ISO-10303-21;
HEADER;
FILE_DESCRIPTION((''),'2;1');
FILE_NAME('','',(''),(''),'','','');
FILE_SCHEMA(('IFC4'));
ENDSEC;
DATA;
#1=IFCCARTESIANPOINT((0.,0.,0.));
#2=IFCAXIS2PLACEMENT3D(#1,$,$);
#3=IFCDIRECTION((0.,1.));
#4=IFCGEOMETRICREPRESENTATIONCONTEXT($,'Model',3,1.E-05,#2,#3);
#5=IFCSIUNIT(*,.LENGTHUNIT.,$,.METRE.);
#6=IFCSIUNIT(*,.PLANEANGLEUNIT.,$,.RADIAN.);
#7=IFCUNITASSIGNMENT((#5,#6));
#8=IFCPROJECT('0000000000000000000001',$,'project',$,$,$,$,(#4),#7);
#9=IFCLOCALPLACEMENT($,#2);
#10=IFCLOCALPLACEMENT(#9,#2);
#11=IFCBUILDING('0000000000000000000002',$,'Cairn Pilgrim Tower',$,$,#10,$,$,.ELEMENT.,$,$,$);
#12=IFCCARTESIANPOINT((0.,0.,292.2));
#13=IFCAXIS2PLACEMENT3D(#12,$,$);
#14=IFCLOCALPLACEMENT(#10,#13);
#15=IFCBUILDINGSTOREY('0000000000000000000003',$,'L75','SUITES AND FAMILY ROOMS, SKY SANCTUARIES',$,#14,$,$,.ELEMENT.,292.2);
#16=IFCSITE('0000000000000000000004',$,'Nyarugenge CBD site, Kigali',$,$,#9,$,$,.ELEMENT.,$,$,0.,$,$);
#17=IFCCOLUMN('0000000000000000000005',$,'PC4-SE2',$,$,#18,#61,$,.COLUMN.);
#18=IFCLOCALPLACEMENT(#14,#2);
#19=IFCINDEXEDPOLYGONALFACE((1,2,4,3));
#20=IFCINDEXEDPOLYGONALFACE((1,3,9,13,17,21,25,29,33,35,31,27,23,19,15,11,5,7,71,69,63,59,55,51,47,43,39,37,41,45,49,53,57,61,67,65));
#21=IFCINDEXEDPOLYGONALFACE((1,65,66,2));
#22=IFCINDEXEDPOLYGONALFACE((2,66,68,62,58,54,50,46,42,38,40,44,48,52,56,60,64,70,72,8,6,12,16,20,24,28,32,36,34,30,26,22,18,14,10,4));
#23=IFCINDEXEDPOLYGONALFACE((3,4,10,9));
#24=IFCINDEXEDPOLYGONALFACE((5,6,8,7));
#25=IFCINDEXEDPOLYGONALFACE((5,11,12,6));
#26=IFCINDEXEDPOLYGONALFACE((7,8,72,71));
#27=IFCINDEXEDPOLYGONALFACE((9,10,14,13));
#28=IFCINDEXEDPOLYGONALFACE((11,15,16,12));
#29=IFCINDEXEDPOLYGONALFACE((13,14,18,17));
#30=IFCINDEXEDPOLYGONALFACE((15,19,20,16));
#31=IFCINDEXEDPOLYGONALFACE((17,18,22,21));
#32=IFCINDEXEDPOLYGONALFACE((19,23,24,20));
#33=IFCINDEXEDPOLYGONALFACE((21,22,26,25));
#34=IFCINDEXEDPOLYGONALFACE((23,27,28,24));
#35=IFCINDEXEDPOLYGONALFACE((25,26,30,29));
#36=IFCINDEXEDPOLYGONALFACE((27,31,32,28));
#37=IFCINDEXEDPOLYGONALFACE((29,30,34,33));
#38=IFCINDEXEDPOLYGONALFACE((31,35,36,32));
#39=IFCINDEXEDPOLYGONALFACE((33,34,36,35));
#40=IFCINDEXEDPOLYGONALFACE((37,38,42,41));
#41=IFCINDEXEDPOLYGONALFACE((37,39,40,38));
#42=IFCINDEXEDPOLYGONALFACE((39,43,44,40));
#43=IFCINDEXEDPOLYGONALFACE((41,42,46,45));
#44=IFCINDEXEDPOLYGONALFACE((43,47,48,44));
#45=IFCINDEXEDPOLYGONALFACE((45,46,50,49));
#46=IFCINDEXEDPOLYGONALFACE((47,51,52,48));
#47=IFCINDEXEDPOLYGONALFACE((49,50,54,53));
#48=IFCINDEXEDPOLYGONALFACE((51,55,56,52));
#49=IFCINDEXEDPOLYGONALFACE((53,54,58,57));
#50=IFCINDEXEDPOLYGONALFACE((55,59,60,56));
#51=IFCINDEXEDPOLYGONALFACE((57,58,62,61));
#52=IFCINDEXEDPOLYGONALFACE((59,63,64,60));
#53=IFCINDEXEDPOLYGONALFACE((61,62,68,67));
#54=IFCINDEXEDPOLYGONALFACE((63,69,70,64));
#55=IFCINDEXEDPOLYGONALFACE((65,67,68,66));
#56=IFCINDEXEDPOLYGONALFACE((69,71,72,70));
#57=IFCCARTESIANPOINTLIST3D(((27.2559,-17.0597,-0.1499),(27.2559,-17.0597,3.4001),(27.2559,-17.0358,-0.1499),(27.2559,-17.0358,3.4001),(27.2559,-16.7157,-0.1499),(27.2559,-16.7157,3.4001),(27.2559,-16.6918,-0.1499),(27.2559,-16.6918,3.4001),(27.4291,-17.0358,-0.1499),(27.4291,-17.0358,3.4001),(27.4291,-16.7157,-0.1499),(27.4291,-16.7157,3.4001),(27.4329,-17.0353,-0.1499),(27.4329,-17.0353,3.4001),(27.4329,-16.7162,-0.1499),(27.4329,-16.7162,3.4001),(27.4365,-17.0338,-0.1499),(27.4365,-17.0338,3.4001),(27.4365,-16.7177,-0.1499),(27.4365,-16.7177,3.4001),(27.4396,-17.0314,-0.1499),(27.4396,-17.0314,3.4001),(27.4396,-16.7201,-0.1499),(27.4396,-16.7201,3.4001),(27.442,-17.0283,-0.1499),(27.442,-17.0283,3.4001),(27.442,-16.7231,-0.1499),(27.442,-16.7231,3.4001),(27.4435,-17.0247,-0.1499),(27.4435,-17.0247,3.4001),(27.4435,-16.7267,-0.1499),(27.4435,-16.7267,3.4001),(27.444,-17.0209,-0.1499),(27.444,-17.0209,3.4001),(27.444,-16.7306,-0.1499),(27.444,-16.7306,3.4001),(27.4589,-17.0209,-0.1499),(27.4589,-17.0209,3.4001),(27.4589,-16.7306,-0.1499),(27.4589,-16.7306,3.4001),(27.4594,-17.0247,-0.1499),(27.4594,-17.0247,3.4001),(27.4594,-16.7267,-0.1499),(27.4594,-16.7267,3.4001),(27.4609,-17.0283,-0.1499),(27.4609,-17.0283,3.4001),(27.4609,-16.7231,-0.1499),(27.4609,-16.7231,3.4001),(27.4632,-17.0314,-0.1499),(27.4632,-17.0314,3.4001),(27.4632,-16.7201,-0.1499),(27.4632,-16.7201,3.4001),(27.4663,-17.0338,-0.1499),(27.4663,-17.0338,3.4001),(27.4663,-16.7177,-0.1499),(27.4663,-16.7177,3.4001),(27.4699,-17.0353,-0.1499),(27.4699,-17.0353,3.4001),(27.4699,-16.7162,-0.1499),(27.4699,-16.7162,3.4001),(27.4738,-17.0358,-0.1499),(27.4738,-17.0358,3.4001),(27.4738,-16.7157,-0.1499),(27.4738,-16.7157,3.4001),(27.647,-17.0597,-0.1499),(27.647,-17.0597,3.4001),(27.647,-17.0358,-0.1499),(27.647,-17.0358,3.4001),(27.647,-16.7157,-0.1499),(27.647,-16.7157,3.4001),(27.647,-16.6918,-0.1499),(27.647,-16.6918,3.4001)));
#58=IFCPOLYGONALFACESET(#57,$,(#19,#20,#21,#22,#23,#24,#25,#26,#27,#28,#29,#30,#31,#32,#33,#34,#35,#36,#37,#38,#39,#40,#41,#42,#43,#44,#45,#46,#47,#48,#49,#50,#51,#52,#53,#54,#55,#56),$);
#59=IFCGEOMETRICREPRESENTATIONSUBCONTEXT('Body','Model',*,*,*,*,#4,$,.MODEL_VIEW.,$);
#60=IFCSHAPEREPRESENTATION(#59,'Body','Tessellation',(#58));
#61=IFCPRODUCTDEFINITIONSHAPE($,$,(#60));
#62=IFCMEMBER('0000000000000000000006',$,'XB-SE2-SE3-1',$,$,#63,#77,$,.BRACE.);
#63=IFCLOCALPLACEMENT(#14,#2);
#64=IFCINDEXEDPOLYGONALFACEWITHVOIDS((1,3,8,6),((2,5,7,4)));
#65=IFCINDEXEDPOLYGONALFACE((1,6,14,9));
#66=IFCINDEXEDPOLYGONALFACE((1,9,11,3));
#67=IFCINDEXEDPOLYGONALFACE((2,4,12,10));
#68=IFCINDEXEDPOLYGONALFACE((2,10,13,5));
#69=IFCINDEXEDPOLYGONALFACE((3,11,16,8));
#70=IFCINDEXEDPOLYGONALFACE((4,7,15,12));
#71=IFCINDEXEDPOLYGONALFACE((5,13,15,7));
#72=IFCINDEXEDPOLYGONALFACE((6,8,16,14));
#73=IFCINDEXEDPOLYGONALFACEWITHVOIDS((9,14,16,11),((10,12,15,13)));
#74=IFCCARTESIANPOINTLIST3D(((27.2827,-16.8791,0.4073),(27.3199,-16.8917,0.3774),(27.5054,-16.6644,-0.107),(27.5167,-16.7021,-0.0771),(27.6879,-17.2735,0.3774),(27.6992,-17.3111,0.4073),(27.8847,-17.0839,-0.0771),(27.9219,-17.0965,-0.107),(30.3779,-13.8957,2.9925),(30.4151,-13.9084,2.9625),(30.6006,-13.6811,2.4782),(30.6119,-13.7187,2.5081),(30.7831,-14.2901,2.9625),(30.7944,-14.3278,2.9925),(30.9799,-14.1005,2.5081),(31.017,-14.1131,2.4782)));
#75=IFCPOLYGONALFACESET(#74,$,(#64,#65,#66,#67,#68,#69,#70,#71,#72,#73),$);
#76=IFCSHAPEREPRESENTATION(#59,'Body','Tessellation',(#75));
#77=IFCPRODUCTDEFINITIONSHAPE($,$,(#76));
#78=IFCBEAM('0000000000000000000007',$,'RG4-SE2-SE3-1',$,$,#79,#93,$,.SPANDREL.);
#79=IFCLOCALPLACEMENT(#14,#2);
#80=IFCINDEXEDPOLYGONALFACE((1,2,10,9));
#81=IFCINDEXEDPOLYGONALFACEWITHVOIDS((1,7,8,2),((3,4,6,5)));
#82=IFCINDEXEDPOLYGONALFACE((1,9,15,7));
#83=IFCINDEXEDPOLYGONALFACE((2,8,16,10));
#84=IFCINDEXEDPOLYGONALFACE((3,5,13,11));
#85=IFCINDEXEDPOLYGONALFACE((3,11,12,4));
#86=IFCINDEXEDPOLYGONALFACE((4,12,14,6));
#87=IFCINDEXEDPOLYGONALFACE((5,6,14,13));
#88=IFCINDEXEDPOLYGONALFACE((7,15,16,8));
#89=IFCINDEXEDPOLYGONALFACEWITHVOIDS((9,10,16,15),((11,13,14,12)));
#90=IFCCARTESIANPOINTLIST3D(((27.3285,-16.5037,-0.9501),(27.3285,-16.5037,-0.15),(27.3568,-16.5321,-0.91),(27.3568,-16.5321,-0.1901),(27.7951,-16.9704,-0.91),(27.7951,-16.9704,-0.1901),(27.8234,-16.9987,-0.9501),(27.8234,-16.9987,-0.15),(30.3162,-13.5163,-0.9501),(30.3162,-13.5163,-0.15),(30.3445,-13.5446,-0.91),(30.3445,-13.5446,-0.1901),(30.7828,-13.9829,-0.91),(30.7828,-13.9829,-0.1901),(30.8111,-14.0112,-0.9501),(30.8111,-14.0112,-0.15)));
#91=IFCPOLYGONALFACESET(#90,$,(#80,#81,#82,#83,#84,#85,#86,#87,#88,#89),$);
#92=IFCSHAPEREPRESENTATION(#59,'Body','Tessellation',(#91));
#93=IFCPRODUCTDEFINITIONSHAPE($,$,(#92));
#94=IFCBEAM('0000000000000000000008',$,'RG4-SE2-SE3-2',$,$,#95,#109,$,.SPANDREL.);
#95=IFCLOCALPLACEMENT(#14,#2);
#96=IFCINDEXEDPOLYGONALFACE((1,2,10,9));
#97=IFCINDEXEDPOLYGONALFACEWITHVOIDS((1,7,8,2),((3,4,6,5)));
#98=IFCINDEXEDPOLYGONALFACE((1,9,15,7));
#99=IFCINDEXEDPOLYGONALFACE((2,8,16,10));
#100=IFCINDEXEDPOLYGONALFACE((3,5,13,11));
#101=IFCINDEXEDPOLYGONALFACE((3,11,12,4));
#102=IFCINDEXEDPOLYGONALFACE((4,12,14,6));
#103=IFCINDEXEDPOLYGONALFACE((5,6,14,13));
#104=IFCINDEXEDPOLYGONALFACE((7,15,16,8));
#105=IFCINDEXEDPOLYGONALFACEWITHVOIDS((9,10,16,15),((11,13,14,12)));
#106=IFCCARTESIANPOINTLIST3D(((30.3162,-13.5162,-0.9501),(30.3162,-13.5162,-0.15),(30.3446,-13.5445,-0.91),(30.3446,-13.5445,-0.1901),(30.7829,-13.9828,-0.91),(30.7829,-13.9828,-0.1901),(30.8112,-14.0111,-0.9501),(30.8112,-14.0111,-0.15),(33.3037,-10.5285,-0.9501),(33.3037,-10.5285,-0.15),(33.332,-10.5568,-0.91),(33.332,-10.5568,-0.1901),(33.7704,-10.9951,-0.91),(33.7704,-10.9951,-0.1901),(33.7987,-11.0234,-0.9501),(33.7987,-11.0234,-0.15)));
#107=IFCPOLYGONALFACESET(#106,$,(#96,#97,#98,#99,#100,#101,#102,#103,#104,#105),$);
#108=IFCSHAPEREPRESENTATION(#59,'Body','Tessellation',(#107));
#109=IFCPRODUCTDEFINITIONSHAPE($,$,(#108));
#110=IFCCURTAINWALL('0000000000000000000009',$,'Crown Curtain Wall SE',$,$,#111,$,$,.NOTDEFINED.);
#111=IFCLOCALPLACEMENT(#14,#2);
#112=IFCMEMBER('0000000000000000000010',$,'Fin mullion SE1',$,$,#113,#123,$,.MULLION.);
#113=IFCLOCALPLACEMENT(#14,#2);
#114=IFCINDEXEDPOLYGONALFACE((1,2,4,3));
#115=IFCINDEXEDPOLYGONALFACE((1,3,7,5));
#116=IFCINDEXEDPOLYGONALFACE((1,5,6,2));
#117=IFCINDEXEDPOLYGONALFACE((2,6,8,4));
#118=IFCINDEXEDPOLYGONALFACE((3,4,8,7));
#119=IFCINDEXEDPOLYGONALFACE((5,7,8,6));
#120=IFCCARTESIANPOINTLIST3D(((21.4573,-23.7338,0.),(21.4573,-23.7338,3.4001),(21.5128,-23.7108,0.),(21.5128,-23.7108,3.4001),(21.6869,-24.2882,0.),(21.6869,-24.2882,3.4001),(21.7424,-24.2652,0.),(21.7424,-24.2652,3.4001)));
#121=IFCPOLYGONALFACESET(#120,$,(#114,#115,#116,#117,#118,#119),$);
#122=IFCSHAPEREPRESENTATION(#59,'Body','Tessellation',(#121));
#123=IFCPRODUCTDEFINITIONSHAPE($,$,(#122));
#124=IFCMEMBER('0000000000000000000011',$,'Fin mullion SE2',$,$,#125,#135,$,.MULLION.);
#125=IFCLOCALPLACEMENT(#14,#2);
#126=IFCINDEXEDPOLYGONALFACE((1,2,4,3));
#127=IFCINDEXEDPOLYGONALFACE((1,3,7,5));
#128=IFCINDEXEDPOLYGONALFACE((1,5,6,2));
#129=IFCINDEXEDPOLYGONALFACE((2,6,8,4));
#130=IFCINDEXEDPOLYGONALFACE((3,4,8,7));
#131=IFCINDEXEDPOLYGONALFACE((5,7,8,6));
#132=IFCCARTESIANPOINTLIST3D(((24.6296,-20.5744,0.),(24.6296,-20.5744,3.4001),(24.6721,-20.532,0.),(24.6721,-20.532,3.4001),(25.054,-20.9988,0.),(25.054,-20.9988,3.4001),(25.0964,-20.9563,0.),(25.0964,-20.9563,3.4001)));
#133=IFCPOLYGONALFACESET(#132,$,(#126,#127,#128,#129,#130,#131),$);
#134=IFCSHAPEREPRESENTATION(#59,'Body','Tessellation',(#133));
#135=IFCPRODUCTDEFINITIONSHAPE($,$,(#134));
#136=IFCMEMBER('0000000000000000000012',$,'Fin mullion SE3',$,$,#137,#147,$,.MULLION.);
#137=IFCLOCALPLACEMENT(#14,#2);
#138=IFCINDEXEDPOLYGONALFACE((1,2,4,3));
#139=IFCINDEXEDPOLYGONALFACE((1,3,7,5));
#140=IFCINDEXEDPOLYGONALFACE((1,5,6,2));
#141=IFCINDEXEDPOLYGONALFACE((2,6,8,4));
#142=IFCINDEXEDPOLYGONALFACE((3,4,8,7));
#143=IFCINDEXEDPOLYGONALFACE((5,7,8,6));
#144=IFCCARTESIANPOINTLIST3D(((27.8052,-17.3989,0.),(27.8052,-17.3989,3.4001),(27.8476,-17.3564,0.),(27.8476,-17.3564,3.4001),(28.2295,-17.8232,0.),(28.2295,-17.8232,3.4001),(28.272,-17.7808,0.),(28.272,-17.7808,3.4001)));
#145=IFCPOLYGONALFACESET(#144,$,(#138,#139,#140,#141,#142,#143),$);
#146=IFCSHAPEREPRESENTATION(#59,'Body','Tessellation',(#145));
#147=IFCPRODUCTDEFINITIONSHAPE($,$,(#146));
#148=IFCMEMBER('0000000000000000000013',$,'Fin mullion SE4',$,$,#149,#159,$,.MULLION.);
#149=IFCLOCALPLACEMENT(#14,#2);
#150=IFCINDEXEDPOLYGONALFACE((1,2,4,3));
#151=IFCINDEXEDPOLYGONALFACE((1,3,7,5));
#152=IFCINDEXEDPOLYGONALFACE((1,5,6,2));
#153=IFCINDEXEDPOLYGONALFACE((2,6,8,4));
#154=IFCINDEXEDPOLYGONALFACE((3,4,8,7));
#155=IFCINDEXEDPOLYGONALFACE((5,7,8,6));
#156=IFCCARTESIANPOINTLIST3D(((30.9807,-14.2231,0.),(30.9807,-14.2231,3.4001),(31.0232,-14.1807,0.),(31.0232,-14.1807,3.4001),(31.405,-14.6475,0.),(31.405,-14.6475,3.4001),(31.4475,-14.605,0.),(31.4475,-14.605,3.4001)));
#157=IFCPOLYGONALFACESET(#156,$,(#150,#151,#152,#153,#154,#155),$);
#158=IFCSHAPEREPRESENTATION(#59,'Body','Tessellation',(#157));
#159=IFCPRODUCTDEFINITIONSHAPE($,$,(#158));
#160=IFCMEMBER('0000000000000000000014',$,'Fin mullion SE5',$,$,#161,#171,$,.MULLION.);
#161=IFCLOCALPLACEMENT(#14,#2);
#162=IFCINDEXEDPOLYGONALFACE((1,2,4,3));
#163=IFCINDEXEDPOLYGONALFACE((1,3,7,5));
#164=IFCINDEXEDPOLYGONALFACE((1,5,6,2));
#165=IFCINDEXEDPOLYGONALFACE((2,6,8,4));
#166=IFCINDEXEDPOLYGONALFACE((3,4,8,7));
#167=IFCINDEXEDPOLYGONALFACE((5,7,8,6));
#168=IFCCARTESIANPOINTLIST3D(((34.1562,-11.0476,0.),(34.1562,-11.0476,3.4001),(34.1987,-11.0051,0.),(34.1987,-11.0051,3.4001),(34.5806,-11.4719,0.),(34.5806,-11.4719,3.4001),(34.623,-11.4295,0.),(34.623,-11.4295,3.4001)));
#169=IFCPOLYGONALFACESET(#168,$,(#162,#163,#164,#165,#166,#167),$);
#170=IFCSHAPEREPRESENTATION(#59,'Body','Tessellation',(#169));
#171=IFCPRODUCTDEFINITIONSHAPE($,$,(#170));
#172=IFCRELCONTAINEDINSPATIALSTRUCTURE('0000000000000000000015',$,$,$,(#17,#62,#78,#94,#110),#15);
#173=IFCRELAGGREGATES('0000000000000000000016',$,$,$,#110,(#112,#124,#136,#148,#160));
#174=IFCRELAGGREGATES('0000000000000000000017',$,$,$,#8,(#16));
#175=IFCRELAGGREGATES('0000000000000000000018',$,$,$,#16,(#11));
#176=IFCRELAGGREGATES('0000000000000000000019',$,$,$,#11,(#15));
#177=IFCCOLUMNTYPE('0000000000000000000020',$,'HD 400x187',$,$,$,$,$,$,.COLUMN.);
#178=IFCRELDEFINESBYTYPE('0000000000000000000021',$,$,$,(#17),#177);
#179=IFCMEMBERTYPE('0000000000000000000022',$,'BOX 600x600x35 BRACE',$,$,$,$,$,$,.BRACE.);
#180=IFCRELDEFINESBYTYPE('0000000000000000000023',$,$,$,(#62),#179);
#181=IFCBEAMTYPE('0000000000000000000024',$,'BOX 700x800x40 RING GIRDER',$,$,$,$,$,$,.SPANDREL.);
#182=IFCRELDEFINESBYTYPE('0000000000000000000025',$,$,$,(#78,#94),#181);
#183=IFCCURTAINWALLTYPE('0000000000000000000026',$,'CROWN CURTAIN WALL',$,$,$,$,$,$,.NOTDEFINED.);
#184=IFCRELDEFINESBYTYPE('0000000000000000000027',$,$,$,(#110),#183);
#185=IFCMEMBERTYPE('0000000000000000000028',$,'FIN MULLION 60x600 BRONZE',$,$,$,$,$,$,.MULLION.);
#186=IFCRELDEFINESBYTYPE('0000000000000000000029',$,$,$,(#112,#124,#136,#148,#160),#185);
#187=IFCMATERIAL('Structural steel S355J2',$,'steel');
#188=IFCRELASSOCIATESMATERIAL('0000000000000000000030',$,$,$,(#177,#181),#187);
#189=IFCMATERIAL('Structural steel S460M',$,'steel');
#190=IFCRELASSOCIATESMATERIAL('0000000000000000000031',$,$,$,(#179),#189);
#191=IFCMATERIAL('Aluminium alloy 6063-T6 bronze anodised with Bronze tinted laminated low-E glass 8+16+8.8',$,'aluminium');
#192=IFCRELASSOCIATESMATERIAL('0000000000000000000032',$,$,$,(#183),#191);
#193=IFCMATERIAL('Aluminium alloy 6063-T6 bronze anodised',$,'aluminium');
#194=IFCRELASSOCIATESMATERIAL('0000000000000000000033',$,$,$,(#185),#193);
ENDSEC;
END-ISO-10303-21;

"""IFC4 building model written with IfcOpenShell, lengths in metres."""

from ifc_helpers import new_model, si_unit, direction, frame, origin, origin_2d, place, context, subcontext, project, spatial, rectangle, hollow_rectangle, i_section, extrude, material, material_profile, profile_set, type_object, element, aggregate, save


model = new_model("IFC4")

# Units and contexts
model_context = context("Model", 3, precision=1e-05, world=origin(), true_north=direction((0.0, 1.0)))
body_context = subcontext(model_context, "Body", "Model", "MODEL_VIEW")
ifc_project = project(units=[si_unit("LENGTHUNIT", "METRE"), si_unit("PLANEANGLEUNIT", "RADIAN")], contexts=[model_context])

# Site, building, storey
site_placement = place(None, origin())
site = spatial("IfcSite", under=ifc_project, at=site_placement, Name="Nyarugenge CBD site, Kigali", CompositionType="ELEMENT", RefElevation=0.0)
building_placement = place(site_placement, origin())
building = spatial("IfcBuilding", under=site, at=building_placement, Name="Cairn Pilgrim Tower", CompositionType="ELEMENT")
storey_placement = place(building_placement, frame((0.0, 0.0, 292.2)))
storey = spatial("IfcBuildingStorey", under=building, at=storey_placement, Name="L75", Description="SUITES AND FAMILY ROOMS, SKY SANCTUARIES", CompositionType="ELEMENT", Elevation=292.2)

# Column
ifc_material_1 = material(Name="Structural steel S355J2", Category="steel")
ifc_material_profile_1 = material_profile(ifc_material_1, i_section(OverallWidth=0.3911, OverallDepth=0.3679, WebThickness=0.0149, FlangeThickness=0.0239, FilletRadius=0.0149, at=origin_2d()), Name="HD 400x187")
ifc_profile_set_1 = profile_set([ifc_material_profile_1], Name="Structural steel S355J2")
column_type = type_object("IfcColumnType", Name="HD 400x187", PredefinedType="COLUMN", material=ifc_profile_set_1)
column_placement = place(storey_placement, frame((27.4514, -16.8757, -0.1499), z_axis=(0.0, 0.0, 1.0), x_axis=(1.0, 0.0, 0.0)))
element("IfcColumn", 1, at=column_placement, inside=storey, type_object=column_type, Name="PC4-SE2", PredefinedType="COLUMN", context=body_context, shape_type="SweptSolid", body=[
    extrude(i_section(OverallWidth=0.3911, OverallDepth=0.3679, WebThickness=0.0149, FlangeThickness=0.0239, FilletRadius=0.0149, at=origin_2d()), origin(), (0.0, 0.0, 1.0), 3.55),
])

# Member
ifc_material_2 = material(Name="Structural steel S460M", Category="steel")
ifc_material_profile_2 = material_profile(ifc_material_2, hollow_rectangle(XDim=0.6001, YDim=0.6001, WallThickness=0.0349, at=origin_2d()), Name="BOX 600x600x35")
ifc_profile_set_2 = profile_set([ifc_material_profile_2], Name="Structural steel S460M")
member_type_1 = type_object("IfcMemberType", Name="BOX 600x600x35 BRACE", PredefinedType="BRACE", material=ifc_profile_set_2)
member_1_placement = place(storey_placement, frame((27.6023, -16.9878, 0.1501), z_axis=(0.617019, 0.594729, 0.51535), x_axis=(-0.693982, 0.719992, 0.0)))
element("IfcMember", 2, at=member_1_placement, inside=storey, type_object=member_type_1, Name="XB-SE2-SE3-1", PredefinedType="BRACE", context=body_context, shape_type="SweptSolid", body=[
    extrude(hollow_rectangle(XDim=0.6001, YDim=0.6001, WallThickness=0.0349, at=origin_2d()), origin(), (0.0, 0.0, 1.0), 5.0164),
])

# Beams
ifc_material_profile_3 = material_profile(ifc_material_1, hollow_rectangle(XDim=0.7, YDim=0.8, WallThickness=0.04, at=origin_2d()), Name="BOX 700x800x40")
ifc_profile_set_3 = profile_set([ifc_material_profile_3], Name="Structural steel S355J2")
beam_type_1 = type_object("IfcBeamType", Name="BOX 700x800x40 RING GIRDER", PredefinedType="SPANDREL", material=ifc_profile_set_3)
for number, where, z_axis, x_axis, name in (
    (3, (27.5759, -16.7512, -0.55), (0.707136, 0.707078, 0.0), (-0.707078, 0.707136, 0.0), "RG4-SE2-SE3-1"),
    (4, (30.5637, -13.7637, -0.55), (0.707078, 0.707136, 0.0), (-0.707136, 0.707078, 0.0), "RG4-SE2-SE3-2"),
):
    element("IfcBeam", number, at=place(storey_placement, frame(where, z_axis=z_axis, x_axis=x_axis)), inside=storey, type_object=beam_type_1, Name=name, PredefinedType="SPANDREL", context=body_context, shape_type="SweptSolid", body=[
        extrude(hollow_rectangle(XDim=0.7, YDim=0.8, WallThickness=0.04, at=origin_2d()), origin(), (0.0, 0.0, 1.0), 4.2251),
    ])

# Curtain wall, members
ifc_material_3 = material(Name="Aluminium alloy 6063-T6 bronze anodised with Bronze tinted laminated low-E glass 8+16+8.8", Category="aluminium")
curtain_wall_type = type_object("IfcCurtainWallType", Name="CROWN CURTAIN WALL", PredefinedType="NOTDEFINED", material=ifc_material_3)
curtain_wall_placement = place(storey_placement, origin())
curtain_wall = element("IfcCurtainWall", 5, at=curtain_wall_placement, inside=storey, type_object=curtain_wall_type, Name="Crown Curtain Wall SE", PredefinedType="NOTDEFINED")
ifc_material_4 = material(Name="Aluminium alloy 6063-T6 bronze anodised", Category="aluminium")
ifc_material_profile_4 = material_profile(ifc_material_4, rectangle(XDim=0.6001, YDim=0.0601, at=origin_2d()), Name="FIN MULLION 60x600 BRONZE")
ifc_profile_set_4 = profile_set([ifc_material_profile_4], Name="Aluminium alloy 6063-T6 bronze anodised")
member_type_2 = type_object("IfcMemberType", Name="FIN MULLION 60x600 BRONZE", PredefinedType="MULLION", material=ifc_profile_set_4)
member_2_placement = place(storey_placement, frame((21.5999, -23.9995, 0.0), z_axis=(0.0, 0.0, 1.0), x_axis=(0.382683, -0.92388, 0.0)))
member_2 = element("IfcMember", 6, at=member_2_placement, type_object=member_type_2, Name="Fin mullion SE1", PredefinedType="MULLION", context=body_context, shape_type="SweptSolid", body=[
    extrude(rectangle(XDim=0.6001, YDim=0.0601, at=origin_2d()), origin(), (0.0, 0.0, 1.0), 3.4001),
])
member_3_placement = place(storey_placement, frame((24.863, -20.7654, 0.0), z_axis=(0.0, 0.0, 1.0), x_axis=(0.707107, -0.707107, 0.0)))
member_3 = element("IfcMember", 7, at=member_3_placement, type_object=member_type_2, Name="Fin mullion SE2", PredefinedType="MULLION", context=body_context, shape_type="SweptSolid", body=[
    extrude(rectangle(XDim=0.6001, YDim=0.0601, at=origin_2d()), origin(), (0.0, 0.0, 1.0), 3.4001),
])
member_4_placement = place(storey_placement, frame((28.0386, -17.5898, 0.0), z_axis=(0.0, 0.0, 1.0), x_axis=(0.707107, -0.707107, 0.0)))
member_4 = element("IfcMember", 8, at=member_4_placement, type_object=member_type_2, Name="Fin mullion SE3", PredefinedType="MULLION", context=body_context, shape_type="SweptSolid", body=[
    extrude(rectangle(XDim=0.6001, YDim=0.0601, at=origin_2d()), origin(), (0.0, 0.0, 1.0), 3.4001),
])
member_5_placement = place(storey_placement, frame((31.2141, -14.4141, 0.0), z_axis=(0.0, 0.0, 1.0), x_axis=(0.707107, -0.707107, 0.0)))
member_5 = element("IfcMember", 9, at=member_5_placement, type_object=member_type_2, Name="Fin mullion SE4", PredefinedType="MULLION", context=body_context, shape_type="SweptSolid", body=[
    extrude(rectangle(XDim=0.6001, YDim=0.0601, at=origin_2d()), origin(), (0.0, 0.0, 1.0), 3.4001),
])
member_6_placement = place(storey_placement, frame((34.3896, -11.2385, 0.0), z_axis=(0.0, 0.0, 1.0), x_axis=(0.707107, -0.707107, 0.0)))
member_6 = element("IfcMember", 10, at=member_6_placement, type_object=member_type_2, Name="Fin mullion SE5", PredefinedType="MULLION", context=body_context, shape_type="SweptSolid", body=[
    extrude(rectangle(XDim=0.6001, YDim=0.0601, at=origin_2d()), origin(), (0.0, 0.0, 1.0), 3.4001),
])

aggregate(curtain_wall, [member_2, member_3, member_4, member_5, member_6])

save(model, "model.ifc")
